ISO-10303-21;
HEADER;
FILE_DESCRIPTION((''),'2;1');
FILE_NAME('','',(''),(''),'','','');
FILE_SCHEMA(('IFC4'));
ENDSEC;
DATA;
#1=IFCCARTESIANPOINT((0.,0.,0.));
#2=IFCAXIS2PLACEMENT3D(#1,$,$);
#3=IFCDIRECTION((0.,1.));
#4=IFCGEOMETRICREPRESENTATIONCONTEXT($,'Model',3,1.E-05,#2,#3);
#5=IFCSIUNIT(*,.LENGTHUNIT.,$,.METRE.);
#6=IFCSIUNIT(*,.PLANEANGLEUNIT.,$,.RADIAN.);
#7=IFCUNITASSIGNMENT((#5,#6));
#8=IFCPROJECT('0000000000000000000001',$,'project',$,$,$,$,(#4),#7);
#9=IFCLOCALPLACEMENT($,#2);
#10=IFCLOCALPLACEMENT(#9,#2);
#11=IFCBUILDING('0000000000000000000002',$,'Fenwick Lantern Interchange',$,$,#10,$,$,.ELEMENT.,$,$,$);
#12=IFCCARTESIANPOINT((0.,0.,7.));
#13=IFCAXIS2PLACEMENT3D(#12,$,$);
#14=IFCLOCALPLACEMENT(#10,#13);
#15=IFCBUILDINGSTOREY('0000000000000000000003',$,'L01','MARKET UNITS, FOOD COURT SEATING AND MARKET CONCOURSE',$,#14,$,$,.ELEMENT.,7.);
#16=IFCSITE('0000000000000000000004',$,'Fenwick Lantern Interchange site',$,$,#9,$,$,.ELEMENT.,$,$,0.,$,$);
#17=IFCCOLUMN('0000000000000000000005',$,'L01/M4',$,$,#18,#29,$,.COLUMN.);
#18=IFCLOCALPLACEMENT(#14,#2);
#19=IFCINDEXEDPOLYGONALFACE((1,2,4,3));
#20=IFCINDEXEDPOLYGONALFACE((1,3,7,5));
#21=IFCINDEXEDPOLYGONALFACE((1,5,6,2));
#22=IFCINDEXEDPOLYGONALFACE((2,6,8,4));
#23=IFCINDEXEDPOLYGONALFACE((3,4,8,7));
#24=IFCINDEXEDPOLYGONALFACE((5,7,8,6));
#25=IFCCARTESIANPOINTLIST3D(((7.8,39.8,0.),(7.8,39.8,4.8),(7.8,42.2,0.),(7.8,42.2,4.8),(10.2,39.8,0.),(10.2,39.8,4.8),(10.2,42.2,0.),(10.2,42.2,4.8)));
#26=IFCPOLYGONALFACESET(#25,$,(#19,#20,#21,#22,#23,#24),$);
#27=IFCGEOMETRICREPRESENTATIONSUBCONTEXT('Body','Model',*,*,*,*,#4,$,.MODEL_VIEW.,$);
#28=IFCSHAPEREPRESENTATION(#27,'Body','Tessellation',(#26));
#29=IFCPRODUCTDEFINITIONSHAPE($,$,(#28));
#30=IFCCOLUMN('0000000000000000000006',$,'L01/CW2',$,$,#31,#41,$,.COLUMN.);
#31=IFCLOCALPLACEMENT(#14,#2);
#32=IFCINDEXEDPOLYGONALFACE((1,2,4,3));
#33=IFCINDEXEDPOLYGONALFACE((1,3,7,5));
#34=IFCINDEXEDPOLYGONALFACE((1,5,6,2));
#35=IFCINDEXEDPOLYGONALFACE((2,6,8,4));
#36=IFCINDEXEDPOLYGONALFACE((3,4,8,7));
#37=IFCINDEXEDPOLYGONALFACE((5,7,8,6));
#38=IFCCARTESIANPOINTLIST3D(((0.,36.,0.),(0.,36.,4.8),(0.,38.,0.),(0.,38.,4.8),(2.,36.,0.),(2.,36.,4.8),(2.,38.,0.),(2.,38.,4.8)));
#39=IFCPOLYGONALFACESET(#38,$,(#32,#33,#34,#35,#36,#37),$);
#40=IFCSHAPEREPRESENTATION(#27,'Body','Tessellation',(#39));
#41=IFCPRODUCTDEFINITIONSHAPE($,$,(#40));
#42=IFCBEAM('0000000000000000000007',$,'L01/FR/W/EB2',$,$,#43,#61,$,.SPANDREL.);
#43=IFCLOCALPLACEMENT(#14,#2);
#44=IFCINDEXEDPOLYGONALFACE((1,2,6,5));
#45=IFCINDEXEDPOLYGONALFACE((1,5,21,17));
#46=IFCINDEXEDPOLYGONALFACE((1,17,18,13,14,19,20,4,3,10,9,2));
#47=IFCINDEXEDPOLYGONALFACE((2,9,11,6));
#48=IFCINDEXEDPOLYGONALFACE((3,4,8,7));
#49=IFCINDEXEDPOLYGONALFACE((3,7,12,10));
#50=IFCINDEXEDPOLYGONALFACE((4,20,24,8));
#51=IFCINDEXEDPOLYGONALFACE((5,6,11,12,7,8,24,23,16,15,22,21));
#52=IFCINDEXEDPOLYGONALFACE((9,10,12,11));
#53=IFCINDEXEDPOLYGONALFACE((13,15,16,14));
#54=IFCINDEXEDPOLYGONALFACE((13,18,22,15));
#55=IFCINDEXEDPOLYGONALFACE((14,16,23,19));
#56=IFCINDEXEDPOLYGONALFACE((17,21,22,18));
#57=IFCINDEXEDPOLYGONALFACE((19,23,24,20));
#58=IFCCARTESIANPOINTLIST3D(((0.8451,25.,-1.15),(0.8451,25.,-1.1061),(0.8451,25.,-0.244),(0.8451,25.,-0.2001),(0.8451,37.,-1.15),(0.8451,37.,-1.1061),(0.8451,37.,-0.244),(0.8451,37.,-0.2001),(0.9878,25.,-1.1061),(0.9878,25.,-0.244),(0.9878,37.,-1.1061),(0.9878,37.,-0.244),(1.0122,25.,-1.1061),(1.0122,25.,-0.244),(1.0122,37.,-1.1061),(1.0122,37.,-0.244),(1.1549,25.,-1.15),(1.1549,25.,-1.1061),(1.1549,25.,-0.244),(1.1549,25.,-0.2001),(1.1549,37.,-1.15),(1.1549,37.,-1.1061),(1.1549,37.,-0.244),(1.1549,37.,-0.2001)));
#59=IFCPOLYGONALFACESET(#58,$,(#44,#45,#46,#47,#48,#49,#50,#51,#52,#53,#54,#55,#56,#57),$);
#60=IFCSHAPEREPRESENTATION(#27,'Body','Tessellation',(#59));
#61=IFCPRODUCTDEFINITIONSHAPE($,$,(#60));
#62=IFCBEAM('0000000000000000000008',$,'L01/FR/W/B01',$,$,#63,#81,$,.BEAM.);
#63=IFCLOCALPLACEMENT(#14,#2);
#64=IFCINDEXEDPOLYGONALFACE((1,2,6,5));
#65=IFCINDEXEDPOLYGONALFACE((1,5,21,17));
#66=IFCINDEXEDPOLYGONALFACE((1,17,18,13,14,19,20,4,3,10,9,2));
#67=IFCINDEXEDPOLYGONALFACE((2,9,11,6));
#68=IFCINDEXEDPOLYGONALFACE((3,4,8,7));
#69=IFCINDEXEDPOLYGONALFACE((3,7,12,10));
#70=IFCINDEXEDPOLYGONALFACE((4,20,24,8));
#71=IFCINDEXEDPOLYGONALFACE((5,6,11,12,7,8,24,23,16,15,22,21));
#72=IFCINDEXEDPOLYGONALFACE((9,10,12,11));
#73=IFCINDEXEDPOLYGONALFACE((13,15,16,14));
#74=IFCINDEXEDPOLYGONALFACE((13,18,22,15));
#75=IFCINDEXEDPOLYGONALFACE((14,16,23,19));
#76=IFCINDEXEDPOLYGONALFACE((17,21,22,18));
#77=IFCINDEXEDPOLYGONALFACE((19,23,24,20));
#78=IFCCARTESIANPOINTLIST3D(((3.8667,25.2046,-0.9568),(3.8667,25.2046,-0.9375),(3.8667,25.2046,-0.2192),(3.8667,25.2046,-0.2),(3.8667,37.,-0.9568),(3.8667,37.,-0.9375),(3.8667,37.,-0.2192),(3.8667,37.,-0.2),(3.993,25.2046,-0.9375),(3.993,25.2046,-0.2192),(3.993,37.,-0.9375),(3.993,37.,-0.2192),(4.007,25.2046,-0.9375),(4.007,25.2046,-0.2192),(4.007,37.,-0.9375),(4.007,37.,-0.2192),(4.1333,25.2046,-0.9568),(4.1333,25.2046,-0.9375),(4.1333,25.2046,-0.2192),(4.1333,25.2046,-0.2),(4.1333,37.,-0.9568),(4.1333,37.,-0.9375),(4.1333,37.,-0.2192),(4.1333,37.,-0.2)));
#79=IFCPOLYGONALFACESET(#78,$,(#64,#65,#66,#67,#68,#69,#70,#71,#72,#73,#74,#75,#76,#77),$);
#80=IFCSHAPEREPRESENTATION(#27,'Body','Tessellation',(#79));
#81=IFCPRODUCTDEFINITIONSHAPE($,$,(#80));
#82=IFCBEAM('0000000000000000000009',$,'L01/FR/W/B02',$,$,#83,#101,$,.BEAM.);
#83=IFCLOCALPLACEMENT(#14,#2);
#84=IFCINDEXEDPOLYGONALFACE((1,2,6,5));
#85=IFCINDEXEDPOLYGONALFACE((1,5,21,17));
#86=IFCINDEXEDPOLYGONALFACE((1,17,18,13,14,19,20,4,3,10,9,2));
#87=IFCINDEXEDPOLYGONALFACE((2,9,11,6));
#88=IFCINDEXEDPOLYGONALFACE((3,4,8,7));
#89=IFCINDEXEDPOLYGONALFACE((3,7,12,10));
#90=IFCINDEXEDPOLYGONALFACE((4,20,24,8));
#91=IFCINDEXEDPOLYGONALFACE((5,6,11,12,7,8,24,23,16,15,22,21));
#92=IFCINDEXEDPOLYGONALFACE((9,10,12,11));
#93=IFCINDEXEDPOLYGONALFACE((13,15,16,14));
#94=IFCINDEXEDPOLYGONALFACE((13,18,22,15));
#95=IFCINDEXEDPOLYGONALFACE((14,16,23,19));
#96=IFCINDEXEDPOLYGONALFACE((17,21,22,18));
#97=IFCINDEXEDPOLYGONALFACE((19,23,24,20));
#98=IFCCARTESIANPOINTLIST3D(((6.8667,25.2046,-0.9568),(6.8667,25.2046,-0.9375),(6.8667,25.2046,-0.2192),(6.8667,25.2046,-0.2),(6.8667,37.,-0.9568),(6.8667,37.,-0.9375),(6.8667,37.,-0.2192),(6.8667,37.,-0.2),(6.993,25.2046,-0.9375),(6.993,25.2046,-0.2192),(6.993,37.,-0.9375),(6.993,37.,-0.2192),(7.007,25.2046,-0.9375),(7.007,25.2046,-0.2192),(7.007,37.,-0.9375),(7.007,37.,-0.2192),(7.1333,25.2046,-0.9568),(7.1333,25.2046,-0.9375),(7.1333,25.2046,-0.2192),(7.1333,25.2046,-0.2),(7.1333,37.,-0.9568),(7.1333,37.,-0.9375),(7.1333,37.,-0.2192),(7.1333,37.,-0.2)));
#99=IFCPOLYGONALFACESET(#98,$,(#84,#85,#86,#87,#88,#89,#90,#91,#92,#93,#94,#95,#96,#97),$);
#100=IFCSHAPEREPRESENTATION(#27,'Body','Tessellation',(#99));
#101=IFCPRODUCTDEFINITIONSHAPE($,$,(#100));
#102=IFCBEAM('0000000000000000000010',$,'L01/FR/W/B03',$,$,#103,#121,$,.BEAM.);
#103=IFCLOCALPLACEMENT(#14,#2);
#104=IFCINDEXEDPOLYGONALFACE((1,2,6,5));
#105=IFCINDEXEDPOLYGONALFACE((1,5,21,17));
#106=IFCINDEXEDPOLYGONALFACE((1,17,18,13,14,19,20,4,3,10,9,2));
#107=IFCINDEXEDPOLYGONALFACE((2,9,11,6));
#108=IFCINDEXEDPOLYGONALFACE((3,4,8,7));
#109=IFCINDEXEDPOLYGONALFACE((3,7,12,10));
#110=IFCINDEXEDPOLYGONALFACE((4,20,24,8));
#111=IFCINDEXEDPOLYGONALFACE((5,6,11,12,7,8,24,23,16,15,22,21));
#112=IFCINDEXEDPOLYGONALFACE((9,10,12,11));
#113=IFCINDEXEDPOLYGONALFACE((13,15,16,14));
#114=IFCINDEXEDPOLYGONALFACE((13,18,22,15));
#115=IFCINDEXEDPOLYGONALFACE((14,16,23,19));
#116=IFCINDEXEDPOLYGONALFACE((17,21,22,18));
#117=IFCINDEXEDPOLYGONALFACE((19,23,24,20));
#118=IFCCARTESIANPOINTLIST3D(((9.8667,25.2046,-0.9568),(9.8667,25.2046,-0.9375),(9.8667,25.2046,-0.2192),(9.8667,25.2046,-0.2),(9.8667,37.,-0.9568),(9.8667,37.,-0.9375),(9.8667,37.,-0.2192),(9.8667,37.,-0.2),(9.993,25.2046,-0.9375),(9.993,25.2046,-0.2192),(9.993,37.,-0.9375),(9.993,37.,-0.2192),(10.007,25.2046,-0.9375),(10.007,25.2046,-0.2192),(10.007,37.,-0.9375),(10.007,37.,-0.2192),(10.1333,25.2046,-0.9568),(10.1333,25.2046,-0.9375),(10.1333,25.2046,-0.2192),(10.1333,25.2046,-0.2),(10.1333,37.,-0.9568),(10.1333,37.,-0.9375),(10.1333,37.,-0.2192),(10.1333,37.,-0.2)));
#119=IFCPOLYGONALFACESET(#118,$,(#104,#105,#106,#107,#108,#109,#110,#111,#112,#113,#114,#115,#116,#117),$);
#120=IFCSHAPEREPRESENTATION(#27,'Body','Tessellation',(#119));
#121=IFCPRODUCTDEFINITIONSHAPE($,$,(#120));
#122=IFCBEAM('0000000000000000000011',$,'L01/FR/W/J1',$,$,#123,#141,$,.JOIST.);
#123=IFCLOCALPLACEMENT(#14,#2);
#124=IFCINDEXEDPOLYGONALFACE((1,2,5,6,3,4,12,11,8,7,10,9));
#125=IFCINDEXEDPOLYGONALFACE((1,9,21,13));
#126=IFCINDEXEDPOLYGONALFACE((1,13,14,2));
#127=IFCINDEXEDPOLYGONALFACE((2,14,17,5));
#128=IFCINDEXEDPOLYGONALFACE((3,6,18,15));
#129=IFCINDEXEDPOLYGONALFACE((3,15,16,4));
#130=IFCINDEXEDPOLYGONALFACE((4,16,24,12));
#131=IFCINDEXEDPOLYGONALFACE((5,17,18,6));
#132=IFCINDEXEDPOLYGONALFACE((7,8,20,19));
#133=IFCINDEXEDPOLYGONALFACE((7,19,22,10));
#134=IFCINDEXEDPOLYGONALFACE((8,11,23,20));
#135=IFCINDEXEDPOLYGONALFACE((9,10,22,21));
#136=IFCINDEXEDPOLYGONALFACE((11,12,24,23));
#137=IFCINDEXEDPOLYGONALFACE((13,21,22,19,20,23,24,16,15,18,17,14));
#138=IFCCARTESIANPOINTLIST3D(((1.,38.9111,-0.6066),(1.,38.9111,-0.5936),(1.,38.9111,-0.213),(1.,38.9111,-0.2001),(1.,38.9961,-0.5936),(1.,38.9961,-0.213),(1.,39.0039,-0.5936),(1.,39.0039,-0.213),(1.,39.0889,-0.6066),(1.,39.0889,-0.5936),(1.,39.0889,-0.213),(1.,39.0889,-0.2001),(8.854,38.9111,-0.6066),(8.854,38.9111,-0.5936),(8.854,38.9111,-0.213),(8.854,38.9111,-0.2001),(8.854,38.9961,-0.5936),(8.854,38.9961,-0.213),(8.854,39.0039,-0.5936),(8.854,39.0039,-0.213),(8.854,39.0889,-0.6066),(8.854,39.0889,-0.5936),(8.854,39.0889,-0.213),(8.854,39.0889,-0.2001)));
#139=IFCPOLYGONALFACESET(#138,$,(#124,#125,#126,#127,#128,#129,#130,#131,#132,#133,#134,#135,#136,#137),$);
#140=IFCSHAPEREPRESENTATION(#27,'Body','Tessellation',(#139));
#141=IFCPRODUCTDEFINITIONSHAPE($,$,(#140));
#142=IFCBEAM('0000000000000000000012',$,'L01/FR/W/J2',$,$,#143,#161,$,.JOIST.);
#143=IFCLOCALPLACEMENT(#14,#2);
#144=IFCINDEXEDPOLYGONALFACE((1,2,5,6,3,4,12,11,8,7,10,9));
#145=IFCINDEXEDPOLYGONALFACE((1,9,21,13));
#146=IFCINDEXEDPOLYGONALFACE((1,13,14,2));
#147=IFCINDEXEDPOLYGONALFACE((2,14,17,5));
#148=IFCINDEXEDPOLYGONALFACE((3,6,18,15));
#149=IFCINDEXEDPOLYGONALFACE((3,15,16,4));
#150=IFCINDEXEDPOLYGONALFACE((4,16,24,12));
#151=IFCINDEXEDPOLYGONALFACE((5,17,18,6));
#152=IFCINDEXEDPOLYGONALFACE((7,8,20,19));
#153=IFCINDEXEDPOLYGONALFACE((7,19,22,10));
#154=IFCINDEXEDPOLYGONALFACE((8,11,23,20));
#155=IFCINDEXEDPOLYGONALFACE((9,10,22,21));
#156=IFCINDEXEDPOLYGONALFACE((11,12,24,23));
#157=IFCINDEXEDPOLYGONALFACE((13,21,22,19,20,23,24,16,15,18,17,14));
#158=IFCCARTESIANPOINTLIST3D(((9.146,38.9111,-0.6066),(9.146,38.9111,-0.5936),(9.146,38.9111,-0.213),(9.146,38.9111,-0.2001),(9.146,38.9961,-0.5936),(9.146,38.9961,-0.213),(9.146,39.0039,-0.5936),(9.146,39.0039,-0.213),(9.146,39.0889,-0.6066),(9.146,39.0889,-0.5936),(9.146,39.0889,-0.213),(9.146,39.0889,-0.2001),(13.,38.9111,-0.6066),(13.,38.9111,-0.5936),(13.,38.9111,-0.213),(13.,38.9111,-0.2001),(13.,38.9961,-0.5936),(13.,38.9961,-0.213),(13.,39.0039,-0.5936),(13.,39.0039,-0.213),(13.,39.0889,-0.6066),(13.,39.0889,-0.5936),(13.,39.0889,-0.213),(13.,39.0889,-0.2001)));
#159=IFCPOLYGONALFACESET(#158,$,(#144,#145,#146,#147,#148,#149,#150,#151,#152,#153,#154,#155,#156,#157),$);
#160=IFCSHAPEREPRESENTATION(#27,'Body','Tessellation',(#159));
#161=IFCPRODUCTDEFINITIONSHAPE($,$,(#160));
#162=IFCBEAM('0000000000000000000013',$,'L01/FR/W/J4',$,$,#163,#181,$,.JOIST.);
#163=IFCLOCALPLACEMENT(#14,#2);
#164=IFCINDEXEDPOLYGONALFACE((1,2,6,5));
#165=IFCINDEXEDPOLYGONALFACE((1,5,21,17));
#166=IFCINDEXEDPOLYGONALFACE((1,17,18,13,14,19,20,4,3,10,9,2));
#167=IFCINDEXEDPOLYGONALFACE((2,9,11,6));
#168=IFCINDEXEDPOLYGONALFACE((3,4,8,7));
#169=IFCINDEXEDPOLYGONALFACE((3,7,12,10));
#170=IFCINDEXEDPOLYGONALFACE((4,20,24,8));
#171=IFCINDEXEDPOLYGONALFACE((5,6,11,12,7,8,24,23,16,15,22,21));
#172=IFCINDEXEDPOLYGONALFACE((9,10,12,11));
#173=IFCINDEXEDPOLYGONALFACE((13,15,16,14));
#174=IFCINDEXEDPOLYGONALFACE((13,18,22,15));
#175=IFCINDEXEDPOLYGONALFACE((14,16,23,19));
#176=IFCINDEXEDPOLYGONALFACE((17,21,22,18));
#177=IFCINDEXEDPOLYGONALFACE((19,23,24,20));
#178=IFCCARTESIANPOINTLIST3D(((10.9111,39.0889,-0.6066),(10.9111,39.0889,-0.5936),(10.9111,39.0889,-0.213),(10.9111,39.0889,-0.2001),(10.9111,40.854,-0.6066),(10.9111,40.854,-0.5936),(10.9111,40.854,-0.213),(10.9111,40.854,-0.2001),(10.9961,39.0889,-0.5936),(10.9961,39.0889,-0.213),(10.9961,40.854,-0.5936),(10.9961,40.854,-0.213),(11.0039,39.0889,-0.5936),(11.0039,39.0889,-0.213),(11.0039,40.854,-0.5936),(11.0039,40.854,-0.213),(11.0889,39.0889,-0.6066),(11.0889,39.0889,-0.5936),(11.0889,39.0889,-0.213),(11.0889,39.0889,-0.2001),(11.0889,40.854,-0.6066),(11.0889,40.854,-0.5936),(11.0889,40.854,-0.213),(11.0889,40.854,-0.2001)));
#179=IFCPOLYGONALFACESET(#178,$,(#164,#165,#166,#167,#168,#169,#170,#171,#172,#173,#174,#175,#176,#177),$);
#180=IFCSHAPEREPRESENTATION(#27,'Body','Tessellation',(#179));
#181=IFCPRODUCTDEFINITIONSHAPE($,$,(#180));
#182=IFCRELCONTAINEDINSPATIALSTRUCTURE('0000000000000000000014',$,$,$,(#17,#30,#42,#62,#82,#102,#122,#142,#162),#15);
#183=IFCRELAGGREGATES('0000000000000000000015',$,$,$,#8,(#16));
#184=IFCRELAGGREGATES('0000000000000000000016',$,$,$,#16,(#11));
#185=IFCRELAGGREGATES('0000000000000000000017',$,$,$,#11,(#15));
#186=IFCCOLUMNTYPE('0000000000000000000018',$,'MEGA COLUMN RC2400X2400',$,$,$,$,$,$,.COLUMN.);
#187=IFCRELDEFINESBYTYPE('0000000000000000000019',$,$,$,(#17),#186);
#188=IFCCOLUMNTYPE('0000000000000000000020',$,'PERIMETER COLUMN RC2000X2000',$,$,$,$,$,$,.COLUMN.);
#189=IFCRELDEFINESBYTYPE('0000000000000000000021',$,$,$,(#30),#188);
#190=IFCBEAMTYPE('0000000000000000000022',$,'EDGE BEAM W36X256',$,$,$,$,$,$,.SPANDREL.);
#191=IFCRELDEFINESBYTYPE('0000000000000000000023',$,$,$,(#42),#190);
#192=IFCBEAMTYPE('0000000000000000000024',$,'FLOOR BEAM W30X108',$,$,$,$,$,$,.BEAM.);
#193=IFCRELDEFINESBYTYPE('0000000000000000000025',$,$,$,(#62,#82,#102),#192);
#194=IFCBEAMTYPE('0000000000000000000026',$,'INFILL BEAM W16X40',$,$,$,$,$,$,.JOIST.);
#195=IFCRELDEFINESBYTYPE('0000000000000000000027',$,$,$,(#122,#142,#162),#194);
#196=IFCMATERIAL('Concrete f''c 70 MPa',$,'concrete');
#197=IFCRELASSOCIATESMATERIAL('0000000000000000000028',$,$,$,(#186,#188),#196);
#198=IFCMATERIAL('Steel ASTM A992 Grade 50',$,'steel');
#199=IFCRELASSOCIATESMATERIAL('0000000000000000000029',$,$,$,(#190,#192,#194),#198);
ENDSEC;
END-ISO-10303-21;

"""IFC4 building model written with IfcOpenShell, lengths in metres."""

from ifc_helpers import new_model, si_unit, direction, frame, origin, origin_2d, place, context, subcontext, project, spatial, rectangle, i_section, extrude, material, material_profile, profile_set, type_object, element, save


model = new_model("IFC4")

# Units and contexts
model_context = context("Model", 3, precision=1e-05, world=origin(), true_north=direction((0.0, 1.0)))
body_context = subcontext(model_context, "Body", "Model", "MODEL_VIEW")
ifc_project = project(units=[si_unit("LENGTHUNIT", "METRE"), si_unit("PLANEANGLEUNIT", "RADIAN")], contexts=[model_context])

# Site, building, storey
site_placement = place(None, origin())
site = spatial("IfcSite", under=ifc_project, at=site_placement, Name="Fenwick Lantern Interchange site", CompositionType="ELEMENT", RefElevation=0.0)
building_placement = place(site_placement, origin())
building = spatial("IfcBuilding", under=site, at=building_placement, Name="Fenwick Lantern Interchange", CompositionType="ELEMENT")
storey_placement = place(building_placement, frame((0.0, 0.0, 7.0)))
storey = spatial("IfcBuildingStorey", under=building, at=storey_placement, Name="L01", Description="MARKET UNITS, FOOD COURT SEATING AND MARKET CONCOURSE", CompositionType="ELEMENT", Elevation=7.0)

# Columns
ifc_material_1 = material(Name="Concrete f'c 70 MPa", Category="concrete")
ifc_material_profile_1 = material_profile(ifc_material_1, rectangle(XDim=2.3999, YDim=2.3999, at=origin_2d()), Name="RC2400X2400")
ifc_profile_set_1 = profile_set([ifc_material_profile_1], Name="Concrete f'c 70 MPa")
column_type_1 = type_object("IfcColumnType", Name="MEGA COLUMN RC2400X2400", PredefinedType="COLUMN", material=ifc_profile_set_1)
column_1_placement = place(storey_placement, frame((9.0, 41.0, 0.0), z_axis=(0.0, 0.0, 1.0), x_axis=(1.0, 0.0, 0.0)))
element("IfcColumn", 1, at=column_1_placement, inside=storey, type_object=column_type_1, Name="L01/M4", PredefinedType="COLUMN", context=body_context, shape_type="SweptSolid", body=[
    extrude(rectangle(XDim=2.3999, YDim=2.3999, at=origin_2d()), origin(), (0.0, 0.0, 1.0), 4.8),
])
ifc_material_profile_2 = material_profile(ifc_material_1, rectangle(XDim=2.0, YDim=2.0, at=origin_2d()), Name="RC2000X2000")
ifc_profile_set_2 = profile_set([ifc_material_profile_2], Name="Concrete f'c 70 MPa")
column_type_2 = type_object("IfcColumnType", Name="PERIMETER COLUMN RC2000X2000", PredefinedType="COLUMN", material=ifc_profile_set_2)
column_2_placement = place(storey_placement, frame((1.0, 37.0, 0.0), z_axis=(0.0, 0.0, 1.0), x_axis=(1.0, 0.0, 0.0)))
element("IfcColumn", 2, at=column_2_placement, inside=storey, type_object=column_type_2, Name="L01/CW2", PredefinedType="COLUMN", context=body_context, shape_type="SweptSolid", body=[
    extrude(rectangle(XDim=2.0, YDim=2.0, at=origin_2d()), origin(), (0.0, 0.0, 1.0), 4.8),
])

# Beams
ifc_material_2 = material(Name="Steel ASTM A992 Grade 50", Category="steel")
ifc_material_profile_3 = material_profile(ifc_material_2, i_section(OverallWidth=0.3098, OverallDepth=0.95, WebThickness=0.0244, FlangeThickness=0.0439, at=origin_2d()), Name="W36X256")
ifc_profile_set_3 = profile_set([ifc_material_profile_3], Name="Steel ASTM A992 Grade 50")
beam_type_1 = type_object("IfcBeamType", Name="EDGE BEAM W36X256", PredefinedType="SPANDREL", material=ifc_profile_set_3)
beam_1_placement = place(storey_placement, frame((1.0, 37.0, -0.675), z_axis=(0.0, -1.0, 0.0), x_axis=(1.0, 0.0, 0.0)))
element("IfcBeam", 3, at=beam_1_placement, inside=storey, type_object=beam_type_1, Name="L01/FR/W/EB2", PredefinedType="SPANDREL", context=body_context, shape_type="SweptSolid", body=[
    extrude(i_section(OverallWidth=0.3098, OverallDepth=0.95, WebThickness=0.0244, FlangeThickness=0.0439, at=origin_2d()), origin(), (0.0, 0.0, 1.0), 12.0),
])
ifc_material_profile_4 = material_profile(ifc_material_2, i_section(OverallWidth=0.2666, OverallDepth=0.7568, WebThickness=0.0139, FlangeThickness=0.0193, at=origin_2d()), Name="W30X108")
ifc_profile_set_4 = profile_set([ifc_material_profile_4], Name="Steel ASTM A992 Grade 50")
beam_type_2 = type_object("IfcBeamType", Name="FLOOR BEAM W30X108", PredefinedType="BEAM", material=ifc_profile_set_4)
for number, where, z_axis, x_axis, name in (
    (4, (4.0, 37.0, -0.5784), (0.0, -1.0, 0.0), (1.0, 0.0, 0.0), "L01/FR/W/B01"),
    (5, (7.0, 37.0, -0.5784), (0.0, -1.0, 0.0), (1.0, 0.0, 0.0), "L01/FR/W/B02"),
    (6, (10.0, 37.0, -0.5784), (0.0, -1.0, 0.0), (1.0, 0.0, 0.0), "L01/FR/W/B03"),
):
    element("IfcBeam", number, at=place(storey_placement, frame(where, z_axis=z_axis, x_axis=x_axis)), inside=storey, type_object=beam_type_2, Name=name, PredefinedType="BEAM", context=body_context, shape_type="SweptSolid", body=[
        extrude(i_section(OverallWidth=0.2666, OverallDepth=0.7568, WebThickness=0.0139, FlangeThickness=0.0193, at=origin_2d()), origin(), (0.0, 0.0, 1.0), 11.7954),
    ])
ifc_material_profile_5 = material_profile(ifc_material_2, i_section(OverallWidth=0.1777, OverallDepth=0.4065, WebThickness=0.0078, FlangeThickness=0.0129, at=origin_2d()), Name="W16X40")
ifc_profile_set_5 = profile_set([ifc_material_profile_5], Name="Steel ASTM A992 Grade 50")
beam_type_3 = type_object("IfcBeamType", Name="INFILL BEAM W16X40", PredefinedType="JOIST", material=ifc_profile_set_5)
beam_2_placement = place(storey_placement, frame((1.0, 39.0, -0.4033), z_axis=(1.0, 0.0, 0.0), x_axis=(0.0, 1.0, 0.0)))
element("IfcBeam", 7, at=beam_2_placement, inside=storey, type_object=beam_type_3, Name="L01/FR/W/J1", PredefinedType="JOIST", context=body_context, shape_type="SweptSolid", body=[
    extrude(i_section(OverallWidth=0.1777, OverallDepth=0.4065, WebThickness=0.0078, FlangeThickness=0.0129, at=origin_2d()), origin(), (0.0, 0.0, 1.0), 7.854),
])
beam_3_placement = place(storey_placement, frame((9.146, 39.0, -0.4033), z_axis=(1.0, 0.0, 0.0), x_axis=(0.0, 1.0, 0.0)))
element("IfcBeam", 8, at=beam_3_placement, inside=storey, type_object=beam_type_3, Name="L01/FR/W/J2", PredefinedType="JOIST", context=body_context, shape_type="SweptSolid", body=[
    extrude(i_section(OverallWidth=0.1777, OverallDepth=0.4065, WebThickness=0.0078, FlangeThickness=0.0129, at=origin_2d()), origin(), (0.0, 0.0, 1.0), 3.854),
])
beam_4_placement = place(storey_placement, frame((11.0, 40.854, -0.4033), z_axis=(0.0, -1.0, 0.0), x_axis=(1.0, 0.0, 0.0)))
element("IfcBeam", 9, at=beam_4_placement, inside=storey, type_object=beam_type_3, Name="L01/FR/W/J4", PredefinedType="JOIST", context=body_context, shape_type="SweptSolid", body=[
    extrude(i_section(OverallWidth=0.1777, OverallDepth=0.4065, WebThickness=0.0078, FlangeThickness=0.0129, at=origin_2d()), origin(), (0.0, 0.0, 1.0), 1.7651),
])

save(model, "model.ifc")
